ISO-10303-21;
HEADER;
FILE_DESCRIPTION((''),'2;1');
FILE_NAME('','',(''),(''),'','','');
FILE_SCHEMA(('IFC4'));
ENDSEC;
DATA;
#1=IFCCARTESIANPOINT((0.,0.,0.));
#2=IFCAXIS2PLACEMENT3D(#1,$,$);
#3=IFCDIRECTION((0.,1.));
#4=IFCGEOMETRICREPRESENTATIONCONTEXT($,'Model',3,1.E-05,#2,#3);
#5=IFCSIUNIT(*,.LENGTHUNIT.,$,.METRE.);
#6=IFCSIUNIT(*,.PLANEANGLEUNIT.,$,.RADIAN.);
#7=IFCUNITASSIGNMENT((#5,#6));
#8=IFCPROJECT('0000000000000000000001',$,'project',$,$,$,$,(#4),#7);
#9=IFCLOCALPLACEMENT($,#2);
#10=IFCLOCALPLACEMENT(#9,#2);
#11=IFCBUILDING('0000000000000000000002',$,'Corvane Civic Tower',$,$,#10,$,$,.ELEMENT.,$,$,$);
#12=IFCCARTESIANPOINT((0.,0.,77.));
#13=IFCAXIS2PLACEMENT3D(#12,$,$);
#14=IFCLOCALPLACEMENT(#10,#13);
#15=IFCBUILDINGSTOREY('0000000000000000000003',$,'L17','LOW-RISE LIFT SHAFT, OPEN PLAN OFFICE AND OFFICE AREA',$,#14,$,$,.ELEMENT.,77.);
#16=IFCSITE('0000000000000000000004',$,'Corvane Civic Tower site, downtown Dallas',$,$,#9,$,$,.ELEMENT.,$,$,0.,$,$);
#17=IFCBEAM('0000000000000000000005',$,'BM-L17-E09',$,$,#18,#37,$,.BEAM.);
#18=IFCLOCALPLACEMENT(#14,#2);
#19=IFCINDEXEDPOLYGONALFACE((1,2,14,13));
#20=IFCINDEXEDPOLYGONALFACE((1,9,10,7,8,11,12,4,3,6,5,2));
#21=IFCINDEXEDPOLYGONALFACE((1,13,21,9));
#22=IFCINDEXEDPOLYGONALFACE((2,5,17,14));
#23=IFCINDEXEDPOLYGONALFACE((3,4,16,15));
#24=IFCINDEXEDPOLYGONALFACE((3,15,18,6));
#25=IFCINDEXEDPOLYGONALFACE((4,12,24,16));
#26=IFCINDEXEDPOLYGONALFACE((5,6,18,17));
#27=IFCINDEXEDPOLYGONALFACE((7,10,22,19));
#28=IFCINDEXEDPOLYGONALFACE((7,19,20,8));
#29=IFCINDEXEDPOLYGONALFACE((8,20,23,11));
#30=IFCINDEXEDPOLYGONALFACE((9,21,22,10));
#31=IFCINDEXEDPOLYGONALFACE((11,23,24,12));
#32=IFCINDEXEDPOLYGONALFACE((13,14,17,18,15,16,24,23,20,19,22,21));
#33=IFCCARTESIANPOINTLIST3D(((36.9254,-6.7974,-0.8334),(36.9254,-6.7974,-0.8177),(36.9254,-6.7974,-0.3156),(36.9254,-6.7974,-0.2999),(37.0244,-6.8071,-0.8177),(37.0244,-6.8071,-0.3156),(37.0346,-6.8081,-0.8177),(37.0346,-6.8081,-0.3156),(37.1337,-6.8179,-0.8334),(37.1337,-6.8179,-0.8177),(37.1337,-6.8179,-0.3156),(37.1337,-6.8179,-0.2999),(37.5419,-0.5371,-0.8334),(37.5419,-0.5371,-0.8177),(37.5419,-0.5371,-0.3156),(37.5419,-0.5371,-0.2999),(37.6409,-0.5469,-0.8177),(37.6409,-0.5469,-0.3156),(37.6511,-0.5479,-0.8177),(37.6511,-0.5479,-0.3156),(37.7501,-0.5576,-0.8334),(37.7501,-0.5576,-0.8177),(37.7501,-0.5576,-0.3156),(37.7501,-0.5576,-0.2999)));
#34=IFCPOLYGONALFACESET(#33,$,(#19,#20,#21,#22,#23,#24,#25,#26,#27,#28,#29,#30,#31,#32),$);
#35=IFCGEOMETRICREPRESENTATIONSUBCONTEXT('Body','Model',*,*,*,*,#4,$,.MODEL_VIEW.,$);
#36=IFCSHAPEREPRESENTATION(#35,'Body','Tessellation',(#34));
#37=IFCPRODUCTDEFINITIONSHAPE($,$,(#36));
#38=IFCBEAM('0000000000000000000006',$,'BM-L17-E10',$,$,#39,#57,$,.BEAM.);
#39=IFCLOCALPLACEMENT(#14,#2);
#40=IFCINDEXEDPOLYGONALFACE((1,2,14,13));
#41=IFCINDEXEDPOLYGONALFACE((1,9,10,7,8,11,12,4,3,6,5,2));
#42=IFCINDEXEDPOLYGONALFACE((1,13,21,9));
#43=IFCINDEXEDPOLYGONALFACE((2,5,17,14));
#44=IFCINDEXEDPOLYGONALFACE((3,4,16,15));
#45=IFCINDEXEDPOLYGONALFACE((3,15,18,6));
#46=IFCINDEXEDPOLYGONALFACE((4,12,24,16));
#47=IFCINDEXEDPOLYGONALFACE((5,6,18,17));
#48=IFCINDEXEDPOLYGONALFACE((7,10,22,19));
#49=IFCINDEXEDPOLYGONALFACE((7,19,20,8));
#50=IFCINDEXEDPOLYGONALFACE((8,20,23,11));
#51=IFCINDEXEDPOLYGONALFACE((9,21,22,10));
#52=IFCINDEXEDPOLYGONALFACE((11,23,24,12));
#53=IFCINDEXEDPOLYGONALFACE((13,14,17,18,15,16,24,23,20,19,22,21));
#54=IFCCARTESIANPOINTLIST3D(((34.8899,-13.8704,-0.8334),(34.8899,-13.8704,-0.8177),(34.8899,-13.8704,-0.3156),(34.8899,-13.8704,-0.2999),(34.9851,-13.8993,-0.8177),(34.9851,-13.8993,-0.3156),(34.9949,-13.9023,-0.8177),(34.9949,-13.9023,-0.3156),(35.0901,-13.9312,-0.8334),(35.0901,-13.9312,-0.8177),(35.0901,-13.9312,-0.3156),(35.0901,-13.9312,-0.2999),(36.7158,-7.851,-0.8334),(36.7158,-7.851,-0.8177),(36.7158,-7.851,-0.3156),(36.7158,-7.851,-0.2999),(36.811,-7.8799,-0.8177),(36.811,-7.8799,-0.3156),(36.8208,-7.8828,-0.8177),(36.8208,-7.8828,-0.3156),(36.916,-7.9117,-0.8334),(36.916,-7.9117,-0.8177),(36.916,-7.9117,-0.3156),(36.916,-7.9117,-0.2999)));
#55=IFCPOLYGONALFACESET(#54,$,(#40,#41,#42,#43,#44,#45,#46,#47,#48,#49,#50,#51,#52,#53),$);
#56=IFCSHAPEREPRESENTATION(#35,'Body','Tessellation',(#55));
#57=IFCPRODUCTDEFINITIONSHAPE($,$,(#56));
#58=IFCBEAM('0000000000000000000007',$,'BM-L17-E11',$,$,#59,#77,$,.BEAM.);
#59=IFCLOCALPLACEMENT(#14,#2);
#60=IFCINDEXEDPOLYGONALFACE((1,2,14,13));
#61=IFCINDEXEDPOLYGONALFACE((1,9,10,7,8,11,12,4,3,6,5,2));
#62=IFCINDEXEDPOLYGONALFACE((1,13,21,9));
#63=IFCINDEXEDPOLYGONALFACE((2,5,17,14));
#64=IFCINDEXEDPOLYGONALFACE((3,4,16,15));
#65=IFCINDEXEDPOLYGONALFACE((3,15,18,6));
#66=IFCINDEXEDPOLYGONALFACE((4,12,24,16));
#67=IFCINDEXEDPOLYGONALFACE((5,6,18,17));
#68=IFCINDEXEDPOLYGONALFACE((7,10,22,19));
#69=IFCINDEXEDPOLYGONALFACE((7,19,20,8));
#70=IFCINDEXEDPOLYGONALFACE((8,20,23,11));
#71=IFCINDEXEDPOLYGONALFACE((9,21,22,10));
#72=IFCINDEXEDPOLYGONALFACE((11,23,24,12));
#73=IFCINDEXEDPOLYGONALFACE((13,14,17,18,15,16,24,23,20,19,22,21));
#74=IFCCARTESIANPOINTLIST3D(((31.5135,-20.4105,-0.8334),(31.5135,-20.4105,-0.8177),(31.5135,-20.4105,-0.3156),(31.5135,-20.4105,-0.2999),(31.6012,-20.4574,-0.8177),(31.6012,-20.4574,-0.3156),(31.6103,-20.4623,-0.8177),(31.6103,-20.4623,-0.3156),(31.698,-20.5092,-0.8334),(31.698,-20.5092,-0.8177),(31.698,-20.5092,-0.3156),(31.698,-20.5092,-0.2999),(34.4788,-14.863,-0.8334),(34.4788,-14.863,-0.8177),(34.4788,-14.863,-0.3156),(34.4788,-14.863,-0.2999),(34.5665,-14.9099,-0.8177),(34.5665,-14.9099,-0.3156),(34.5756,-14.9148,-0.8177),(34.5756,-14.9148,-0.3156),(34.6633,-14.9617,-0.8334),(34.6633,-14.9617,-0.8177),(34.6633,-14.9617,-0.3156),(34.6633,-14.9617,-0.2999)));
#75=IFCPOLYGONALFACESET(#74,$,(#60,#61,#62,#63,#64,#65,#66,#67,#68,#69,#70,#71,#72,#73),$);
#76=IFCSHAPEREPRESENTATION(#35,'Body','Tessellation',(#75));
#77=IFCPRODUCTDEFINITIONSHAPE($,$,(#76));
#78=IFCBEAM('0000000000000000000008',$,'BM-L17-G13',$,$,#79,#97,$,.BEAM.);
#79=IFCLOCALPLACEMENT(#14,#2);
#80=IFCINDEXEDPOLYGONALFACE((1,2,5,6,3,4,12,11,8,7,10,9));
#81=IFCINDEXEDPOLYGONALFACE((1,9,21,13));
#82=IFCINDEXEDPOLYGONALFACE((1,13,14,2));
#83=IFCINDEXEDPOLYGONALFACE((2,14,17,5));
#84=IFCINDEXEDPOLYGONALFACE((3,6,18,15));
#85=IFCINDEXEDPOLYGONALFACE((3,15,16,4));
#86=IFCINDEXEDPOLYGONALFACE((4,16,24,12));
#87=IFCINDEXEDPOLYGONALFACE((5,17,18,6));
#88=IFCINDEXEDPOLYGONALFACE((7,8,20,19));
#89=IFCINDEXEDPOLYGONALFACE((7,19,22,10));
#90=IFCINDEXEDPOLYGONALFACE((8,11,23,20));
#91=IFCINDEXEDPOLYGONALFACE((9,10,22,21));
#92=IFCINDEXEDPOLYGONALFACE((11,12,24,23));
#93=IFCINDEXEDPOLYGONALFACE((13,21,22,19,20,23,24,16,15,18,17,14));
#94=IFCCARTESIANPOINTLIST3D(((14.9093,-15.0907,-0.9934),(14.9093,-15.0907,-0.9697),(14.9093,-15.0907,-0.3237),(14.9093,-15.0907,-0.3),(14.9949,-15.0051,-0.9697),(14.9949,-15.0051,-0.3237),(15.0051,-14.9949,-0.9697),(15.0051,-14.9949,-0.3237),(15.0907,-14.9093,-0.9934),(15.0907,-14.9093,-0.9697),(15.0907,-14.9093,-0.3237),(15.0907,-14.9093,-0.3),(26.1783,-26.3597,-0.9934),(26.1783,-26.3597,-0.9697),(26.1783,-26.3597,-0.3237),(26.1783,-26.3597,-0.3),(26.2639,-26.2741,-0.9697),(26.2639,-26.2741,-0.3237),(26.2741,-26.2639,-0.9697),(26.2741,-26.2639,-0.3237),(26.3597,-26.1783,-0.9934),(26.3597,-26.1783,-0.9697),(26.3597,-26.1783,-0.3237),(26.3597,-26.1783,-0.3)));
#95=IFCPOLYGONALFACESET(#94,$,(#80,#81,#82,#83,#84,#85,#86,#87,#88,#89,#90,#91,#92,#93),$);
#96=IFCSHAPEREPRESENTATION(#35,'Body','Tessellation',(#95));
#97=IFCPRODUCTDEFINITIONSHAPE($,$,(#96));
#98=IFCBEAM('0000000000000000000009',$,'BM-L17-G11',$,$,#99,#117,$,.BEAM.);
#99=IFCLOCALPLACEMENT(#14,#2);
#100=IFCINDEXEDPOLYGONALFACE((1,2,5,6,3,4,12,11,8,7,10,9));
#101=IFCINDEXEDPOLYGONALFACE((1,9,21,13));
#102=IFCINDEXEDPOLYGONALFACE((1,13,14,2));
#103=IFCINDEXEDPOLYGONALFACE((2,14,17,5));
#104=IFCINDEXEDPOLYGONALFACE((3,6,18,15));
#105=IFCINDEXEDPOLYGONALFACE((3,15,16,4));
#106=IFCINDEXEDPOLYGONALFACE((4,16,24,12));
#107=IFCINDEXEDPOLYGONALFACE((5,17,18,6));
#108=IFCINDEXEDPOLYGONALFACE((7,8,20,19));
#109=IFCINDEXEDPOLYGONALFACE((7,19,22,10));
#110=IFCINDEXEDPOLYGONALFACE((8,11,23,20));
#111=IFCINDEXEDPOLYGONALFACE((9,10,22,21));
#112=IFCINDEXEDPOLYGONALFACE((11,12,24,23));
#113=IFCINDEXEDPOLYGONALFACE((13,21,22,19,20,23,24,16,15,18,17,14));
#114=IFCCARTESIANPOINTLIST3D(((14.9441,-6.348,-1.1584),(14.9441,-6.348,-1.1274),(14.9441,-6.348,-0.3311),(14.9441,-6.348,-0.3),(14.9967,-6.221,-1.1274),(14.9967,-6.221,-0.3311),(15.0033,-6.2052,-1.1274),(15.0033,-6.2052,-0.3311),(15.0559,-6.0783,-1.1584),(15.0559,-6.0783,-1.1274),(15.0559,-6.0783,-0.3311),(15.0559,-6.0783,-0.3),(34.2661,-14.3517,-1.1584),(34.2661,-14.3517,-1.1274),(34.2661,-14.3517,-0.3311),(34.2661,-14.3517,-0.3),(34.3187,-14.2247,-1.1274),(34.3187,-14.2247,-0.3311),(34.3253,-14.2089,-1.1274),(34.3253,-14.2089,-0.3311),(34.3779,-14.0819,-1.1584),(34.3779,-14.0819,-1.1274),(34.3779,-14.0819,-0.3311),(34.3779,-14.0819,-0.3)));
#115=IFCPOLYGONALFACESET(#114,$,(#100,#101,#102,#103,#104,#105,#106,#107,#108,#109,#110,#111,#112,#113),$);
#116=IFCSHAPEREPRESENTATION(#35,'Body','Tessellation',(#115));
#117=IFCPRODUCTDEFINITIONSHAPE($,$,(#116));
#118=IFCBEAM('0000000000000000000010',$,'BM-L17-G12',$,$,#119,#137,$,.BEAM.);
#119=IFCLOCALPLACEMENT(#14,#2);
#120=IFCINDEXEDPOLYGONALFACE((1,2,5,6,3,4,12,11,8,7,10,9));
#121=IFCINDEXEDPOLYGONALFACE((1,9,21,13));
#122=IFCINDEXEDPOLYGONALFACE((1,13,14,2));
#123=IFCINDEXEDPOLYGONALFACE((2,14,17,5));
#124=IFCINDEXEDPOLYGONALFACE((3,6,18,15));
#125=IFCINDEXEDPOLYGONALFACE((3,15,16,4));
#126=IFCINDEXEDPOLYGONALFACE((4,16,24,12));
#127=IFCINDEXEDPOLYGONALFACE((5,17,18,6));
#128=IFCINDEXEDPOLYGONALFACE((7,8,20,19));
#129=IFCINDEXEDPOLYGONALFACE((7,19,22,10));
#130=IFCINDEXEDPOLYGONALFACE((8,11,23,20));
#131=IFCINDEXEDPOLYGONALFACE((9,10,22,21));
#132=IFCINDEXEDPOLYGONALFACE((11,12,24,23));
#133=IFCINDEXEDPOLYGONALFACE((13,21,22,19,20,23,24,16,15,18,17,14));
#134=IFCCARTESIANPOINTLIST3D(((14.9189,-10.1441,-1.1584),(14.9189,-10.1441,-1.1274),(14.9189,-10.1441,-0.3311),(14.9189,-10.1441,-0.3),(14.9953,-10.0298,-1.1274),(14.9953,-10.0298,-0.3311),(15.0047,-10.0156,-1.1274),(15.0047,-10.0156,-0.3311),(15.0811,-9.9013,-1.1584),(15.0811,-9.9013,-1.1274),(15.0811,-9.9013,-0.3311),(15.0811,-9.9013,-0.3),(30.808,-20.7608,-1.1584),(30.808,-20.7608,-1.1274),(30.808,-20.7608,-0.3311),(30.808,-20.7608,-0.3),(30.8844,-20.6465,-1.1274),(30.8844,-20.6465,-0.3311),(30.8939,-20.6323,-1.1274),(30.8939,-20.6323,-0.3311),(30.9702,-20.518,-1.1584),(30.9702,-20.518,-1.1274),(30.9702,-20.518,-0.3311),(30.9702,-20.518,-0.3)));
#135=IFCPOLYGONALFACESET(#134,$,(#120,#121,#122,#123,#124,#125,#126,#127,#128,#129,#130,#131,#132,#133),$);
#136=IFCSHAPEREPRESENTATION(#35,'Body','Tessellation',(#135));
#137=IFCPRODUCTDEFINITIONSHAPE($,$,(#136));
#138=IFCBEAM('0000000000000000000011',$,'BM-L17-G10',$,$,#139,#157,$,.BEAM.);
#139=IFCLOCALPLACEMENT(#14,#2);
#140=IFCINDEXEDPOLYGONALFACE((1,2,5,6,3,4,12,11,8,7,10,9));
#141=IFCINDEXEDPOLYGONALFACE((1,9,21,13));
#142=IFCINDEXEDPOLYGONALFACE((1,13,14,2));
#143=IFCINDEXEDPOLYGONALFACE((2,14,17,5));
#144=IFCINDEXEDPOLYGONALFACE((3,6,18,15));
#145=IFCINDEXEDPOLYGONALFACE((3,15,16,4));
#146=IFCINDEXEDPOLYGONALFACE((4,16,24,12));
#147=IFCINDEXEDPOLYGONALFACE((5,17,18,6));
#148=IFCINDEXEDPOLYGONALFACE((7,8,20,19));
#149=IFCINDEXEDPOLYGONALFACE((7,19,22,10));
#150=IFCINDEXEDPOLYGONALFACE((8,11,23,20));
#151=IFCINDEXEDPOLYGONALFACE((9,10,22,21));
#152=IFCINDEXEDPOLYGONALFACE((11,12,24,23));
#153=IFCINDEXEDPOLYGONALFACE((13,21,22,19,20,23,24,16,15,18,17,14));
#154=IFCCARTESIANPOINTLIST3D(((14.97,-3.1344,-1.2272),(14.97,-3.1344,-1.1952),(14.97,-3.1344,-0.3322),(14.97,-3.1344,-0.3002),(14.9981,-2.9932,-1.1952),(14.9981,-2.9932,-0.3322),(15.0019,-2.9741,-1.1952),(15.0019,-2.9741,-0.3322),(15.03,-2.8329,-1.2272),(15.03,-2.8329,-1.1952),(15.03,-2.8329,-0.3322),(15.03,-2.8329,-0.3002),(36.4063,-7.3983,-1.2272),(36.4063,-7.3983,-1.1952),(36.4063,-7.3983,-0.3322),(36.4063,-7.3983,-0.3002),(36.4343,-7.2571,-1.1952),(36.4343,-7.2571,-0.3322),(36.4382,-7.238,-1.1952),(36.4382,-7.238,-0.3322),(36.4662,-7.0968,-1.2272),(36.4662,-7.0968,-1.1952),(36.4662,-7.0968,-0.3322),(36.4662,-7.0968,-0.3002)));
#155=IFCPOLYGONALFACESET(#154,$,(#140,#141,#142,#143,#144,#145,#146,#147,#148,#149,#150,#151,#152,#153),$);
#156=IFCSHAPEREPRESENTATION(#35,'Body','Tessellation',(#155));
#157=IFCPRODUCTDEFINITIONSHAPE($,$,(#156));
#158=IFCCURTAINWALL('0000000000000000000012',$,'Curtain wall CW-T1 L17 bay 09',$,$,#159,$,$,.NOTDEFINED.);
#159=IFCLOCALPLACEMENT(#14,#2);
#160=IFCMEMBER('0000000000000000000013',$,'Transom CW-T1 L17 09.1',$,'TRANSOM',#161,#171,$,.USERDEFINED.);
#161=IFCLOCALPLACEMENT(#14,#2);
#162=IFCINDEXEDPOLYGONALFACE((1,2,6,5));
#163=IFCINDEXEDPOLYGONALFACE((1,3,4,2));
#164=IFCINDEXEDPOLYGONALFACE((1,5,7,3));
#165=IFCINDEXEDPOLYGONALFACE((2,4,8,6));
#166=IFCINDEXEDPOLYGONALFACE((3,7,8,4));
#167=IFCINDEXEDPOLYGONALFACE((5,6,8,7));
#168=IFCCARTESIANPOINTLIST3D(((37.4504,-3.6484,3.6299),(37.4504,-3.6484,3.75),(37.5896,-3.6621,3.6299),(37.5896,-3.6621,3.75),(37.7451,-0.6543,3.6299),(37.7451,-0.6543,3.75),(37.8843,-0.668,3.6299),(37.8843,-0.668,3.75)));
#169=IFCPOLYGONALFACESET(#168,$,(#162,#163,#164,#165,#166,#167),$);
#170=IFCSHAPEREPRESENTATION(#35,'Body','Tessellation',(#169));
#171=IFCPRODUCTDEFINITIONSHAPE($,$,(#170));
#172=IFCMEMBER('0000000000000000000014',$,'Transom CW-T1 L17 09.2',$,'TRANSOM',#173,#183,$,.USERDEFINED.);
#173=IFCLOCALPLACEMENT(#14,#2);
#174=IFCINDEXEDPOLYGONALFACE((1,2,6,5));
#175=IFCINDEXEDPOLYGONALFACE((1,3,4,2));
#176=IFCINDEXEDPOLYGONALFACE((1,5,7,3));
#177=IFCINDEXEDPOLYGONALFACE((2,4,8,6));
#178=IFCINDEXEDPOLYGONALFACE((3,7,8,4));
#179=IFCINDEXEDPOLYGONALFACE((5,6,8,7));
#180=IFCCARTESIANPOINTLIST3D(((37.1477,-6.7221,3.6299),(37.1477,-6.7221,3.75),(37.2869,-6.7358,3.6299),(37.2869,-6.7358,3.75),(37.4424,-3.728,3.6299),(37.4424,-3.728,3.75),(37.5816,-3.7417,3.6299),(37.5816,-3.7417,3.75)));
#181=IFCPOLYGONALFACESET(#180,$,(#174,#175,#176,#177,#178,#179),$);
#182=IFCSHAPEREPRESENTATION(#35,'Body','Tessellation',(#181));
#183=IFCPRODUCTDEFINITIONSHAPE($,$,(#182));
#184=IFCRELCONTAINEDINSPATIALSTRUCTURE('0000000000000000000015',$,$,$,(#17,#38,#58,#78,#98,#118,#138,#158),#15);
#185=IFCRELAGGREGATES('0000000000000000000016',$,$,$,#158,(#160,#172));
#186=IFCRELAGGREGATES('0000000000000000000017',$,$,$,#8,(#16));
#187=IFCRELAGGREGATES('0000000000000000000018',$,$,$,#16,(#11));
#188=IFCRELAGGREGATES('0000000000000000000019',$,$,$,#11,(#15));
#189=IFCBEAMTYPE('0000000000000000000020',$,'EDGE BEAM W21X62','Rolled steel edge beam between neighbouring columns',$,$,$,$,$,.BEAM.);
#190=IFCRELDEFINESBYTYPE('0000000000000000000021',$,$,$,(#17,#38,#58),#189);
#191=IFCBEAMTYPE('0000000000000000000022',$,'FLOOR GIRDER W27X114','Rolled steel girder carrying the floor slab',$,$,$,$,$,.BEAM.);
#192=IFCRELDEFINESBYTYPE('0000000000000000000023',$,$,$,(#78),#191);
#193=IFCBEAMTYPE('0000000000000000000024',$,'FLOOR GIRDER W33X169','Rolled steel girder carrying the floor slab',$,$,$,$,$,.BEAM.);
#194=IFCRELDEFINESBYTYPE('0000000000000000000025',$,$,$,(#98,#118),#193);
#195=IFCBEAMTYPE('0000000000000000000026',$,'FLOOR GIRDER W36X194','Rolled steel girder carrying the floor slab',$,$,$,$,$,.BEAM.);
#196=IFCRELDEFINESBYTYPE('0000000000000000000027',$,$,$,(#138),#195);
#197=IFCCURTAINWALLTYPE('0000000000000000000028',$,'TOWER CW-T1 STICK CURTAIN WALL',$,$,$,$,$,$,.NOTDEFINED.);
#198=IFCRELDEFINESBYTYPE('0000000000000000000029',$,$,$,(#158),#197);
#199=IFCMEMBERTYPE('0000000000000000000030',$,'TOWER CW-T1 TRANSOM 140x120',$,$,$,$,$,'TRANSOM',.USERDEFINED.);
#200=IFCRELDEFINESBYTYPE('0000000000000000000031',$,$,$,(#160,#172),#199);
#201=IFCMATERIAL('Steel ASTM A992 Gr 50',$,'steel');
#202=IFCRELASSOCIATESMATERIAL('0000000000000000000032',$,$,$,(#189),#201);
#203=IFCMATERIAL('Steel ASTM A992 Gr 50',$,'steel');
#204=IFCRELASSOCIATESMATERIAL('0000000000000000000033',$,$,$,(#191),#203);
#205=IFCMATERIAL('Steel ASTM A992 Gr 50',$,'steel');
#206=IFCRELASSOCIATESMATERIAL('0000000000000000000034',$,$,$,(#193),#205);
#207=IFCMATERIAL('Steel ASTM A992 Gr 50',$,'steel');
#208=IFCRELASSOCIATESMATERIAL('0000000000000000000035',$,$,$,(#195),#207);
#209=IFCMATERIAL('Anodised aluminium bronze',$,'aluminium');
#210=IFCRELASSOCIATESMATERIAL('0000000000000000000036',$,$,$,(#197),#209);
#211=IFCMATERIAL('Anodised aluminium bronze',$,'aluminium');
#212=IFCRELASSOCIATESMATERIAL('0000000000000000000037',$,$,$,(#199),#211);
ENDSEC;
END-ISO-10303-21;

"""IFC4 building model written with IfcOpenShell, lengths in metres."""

from ifc_helpers import new_model, si_unit, direction, frame, origin, origin_2d, place, context, subcontext, project, spatial, rectangle, i_section, extrude, material, material_profile, profile_set, type_object, element, aggregate, save


model = new_model("IFC4")

# Units and contexts
model_context = context("Model", 3, precision=1e-05, world=origin(), true_north=direction((0.0, 1.0)))
body_context = subcontext(model_context, "Body", "Model", "MODEL_VIEW")
ifc_project = project(units=[si_unit("LENGTHUNIT", "METRE"), si_unit("PLANEANGLEUNIT", "RADIAN")], contexts=[model_context])

# Site, building, storey
site_placement = place(None, origin())
site = spatial("IfcSite", under=ifc_project, at=site_placement, Name="Corvane Civic Tower site, downtown Dallas", CompositionType="ELEMENT", RefElevation=0.0)
building_placement = place(site_placement, origin())
building = spatial("IfcBuilding", under=site, at=building_placement, Name="Corvane Civic Tower", CompositionType="ELEMENT")
storey_placement = place(building_placement, frame((0.0, 0.0, 77.0)))
storey = spatial("IfcBuildingStorey", under=building, at=storey_placement, Name="L17", Description="LOW-RISE LIFT SHAFT, OPEN PLAN OFFICE AND OFFICE AREA", CompositionType="ELEMENT", Elevation=77.0)

# Beams
ifc_material_1 = material(Name="Steel ASTM A992 Gr 50", Category="steel")
ifc_material_profile_1 = material_profile(ifc_material_1, i_section(OverallWidth=0.2092, OverallDepth=0.5334, WebThickness=0.0103, FlangeThickness=0.0156, at=origin_2d()), Name="W21X62")
ifc_profile_set_1 = profile_set([ifc_material_profile_1], Name="Steel ASTM A992 Gr 50")
beam_type_1 = type_object("IfcBeamType", Name="EDGE BEAM W21X62", Description="Rolled steel edge beam between neighbouring columns", PredefinedType="BEAM", material=ifc_profile_set_1)
beam_1_placement = place(storey_placement, frame((37.646, -0.5474, -0.5667), z_axis=(-0.097997, -0.995187, 0.0), x_axis=(0.995187, -0.097997, 0.0)))
element("IfcBeam", 1, at=beam_1_placement, inside=storey, type_object=beam_type_1, Name="BM-L17-E09", PredefinedType="BEAM", context=body_context, shape_type="SweptSolid", body=[
    extrude(i_section(OverallWidth=0.2092, OverallDepth=0.5334, WebThickness=0.0103, FlangeThickness=0.0156, at=origin_2d()), origin(), (0.0, 0.0, 1.0), 6.2905),
])
for number, where, z_axis, x_axis, name in (
    (2, (36.8159, -7.8813, -0.5667), (-0.290273, -0.956944, 0.0), (0.956944, -0.290273, 0.0), "BM-L17-E10"),
    (3, (34.571, -14.9124, -0.5667), (-0.471406, -0.881916, 0.0), (0.881916, -0.471406, 0.0), "BM-L17-E11"),
):
    element("IfcBeam", number, at=place(storey_placement, frame(where, z_axis=z_axis, x_axis=x_axis)), inside=storey, type_object=beam_type_1, Name=name, PredefinedType="BEAM", context=body_context, shape_type="SweptSolid", body=[
        extrude(i_section(OverallWidth=0.2092, OverallDepth=0.5334, WebThickness=0.0103, FlangeThickness=0.0156, at=origin_2d()), origin(), (0.0, 0.0, 1.0), 6.2903),
    ])
ifc_material_2 = material(Name="Steel ASTM A992 Gr 50", Category="steel")
ifc_material_profile_2 = material_profile(ifc_material_2, i_section(OverallWidth=0.2566, OverallDepth=0.6934, WebThickness=0.0144, FlangeThickness=0.0237, at=origin_2d()), Name="W27X114")
ifc_profile_set_2 = profile_set([ifc_material_profile_2], Name="Steel ASTM A992 Gr 50")
beam_type_2 = type_object("IfcBeamType", Name="FLOOR GIRDER W27X114", Description="Rolled steel girder carrying the floor slab", PredefinedType="BEAM", material=ifc_profile_set_2)
beam_2_placement = place(storey_placement, frame((15.0, -15.0, -0.6467), z_axis=(0.707107, -0.707107, 0.0), x_axis=(0.707107, 0.707107, 0.0)))
element("IfcBeam", 4, at=beam_2_placement, inside=storey, type_object=beam_type_2, Name="BM-L17-G13", PredefinedType="BEAM", context=body_context, shape_type="SweptSolid", body=[
    extrude(i_section(OverallWidth=0.2566, OverallDepth=0.6934, WebThickness=0.0144, FlangeThickness=0.0237, at=origin_2d()), origin(), (0.0, 0.0, 1.0), 15.9368),
])
ifc_material_3 = material(Name="Steel ASTM A992 Gr 50", Category="steel")
ifc_material_profile_3 = material_profile(ifc_material_3, i_section(OverallWidth=0.292, OverallDepth=0.8584, WebThickness=0.0171, FlangeThickness=0.031, at=origin_2d()), Name="W33X169")
ifc_profile_set_3 = profile_set([ifc_material_profile_3], Name="Steel ASTM A992 Gr 50")
beam_type_3 = type_object("IfcBeamType", Name="FLOOR GIRDER W33X169", Description="Rolled steel girder carrying the floor slab", PredefinedType="BEAM", material=ifc_profile_set_3)
beam_3_placement = place(storey_placement, frame((15.0, -6.2131, -0.7292), z_axis=(0.923876, -0.382692, 0.0), x_axis=(0.382692, 0.923876, 0.0)))
element("IfcBeam", 5, at=beam_3_placement, inside=storey, type_object=beam_type_3, Name="BM-L17-G11", PredefinedType="BEAM", context=body_context, shape_type="SweptSolid", body=[
    extrude(i_section(OverallWidth=0.292, OverallDepth=0.8584, WebThickness=0.0171, FlangeThickness=0.031, at=origin_2d()), origin(), (0.0, 0.0, 1.0), 20.9141),
])
beam_4_placement = place(storey_placement, frame((15.0, -10.0227, -0.7292), z_axis=(0.831472, -0.555567, 0.0), x_axis=(0.555567, 0.831472, 0.0)))
element("IfcBeam", 6, at=beam_4_placement, inside=storey, type_object=beam_type_3, Name="BM-L17-G12", PredefinedType="BEAM", context=body_context, shape_type="SweptSolid", body=[
    extrude(i_section(OverallWidth=0.292, OverallDepth=0.8584, WebThickness=0.0171, FlangeThickness=0.031, at=origin_2d()), origin(), (0.0, 0.0, 1.0), 19.1096),
])
ifc_material_4 = material(Name="Steel ASTM A992 Gr 50", Category="steel")
ifc_material_profile_4 = material_profile(ifc_material_4, i_section(OverallWidth=0.3074, OverallDepth=0.927, WebThickness=0.0195, FlangeThickness=0.032, at=origin_2d()), Name="W36X194")
ifc_profile_set_4 = profile_set([ifc_material_profile_4], Name="Steel ASTM A992 Gr 50")
beam_type_4 = type_object("IfcBeamType", Name="FLOOR GIRDER W36X194", Description="Rolled steel girder carrying the floor slab", PredefinedType="BEAM", material=ifc_profile_set_4)
beam_5_placement = place(storey_placement, frame((15.0, -2.9836, -0.7637), z_axis=(0.980785, -0.195089, 0.0), x_axis=(0.195089, 0.980785, 0.0)))
element("IfcBeam", 7, at=beam_5_placement, inside=storey, type_object=beam_type_4, Name="BM-L17-G10", PredefinedType="BEAM", context=body_context, shape_type="SweptSolid", body=[
    extrude(i_section(OverallWidth=0.3074, OverallDepth=0.927, WebThickness=0.0195, FlangeThickness=0.032, at=origin_2d()), origin(), (0.0, 0.0, 1.0), 21.8562),
])

# Curtain wall, members
ifc_material_5 = material(Name="Anodised aluminium bronze", Category="aluminium")
curtain_wall_type = type_object("IfcCurtainWallType", Name="TOWER CW-T1 STICK CURTAIN WALL", PredefinedType="NOTDEFINED", material=ifc_material_5)
curtain_wall_1_placement = place(storey_placement, origin())
curtain_wall_1 = element("IfcCurtainWall", 8, at=curtain_wall_1_placement, inside=storey, type_object=curtain_wall_type, Name="Curtain wall CW-T1 L17 bay 09", PredefinedType="NOTDEFINED")
ifc_material_6 = material(Name="Anodised aluminium bronze", Category="aluminium")
ifc_material_profile_5 = material_profile(ifc_material_6, rectangle(XDim=0.1399, YDim=0.1201, at=origin_2d()), Name="TOWER CW-T1 TRANSOM 140x120")
ifc_profile_set_5 = profile_set([ifc_material_profile_5], Name="Anodised aluminium bronze")
member_type_1 = type_object("IfcMemberType", Name="TOWER CW-T1 TRANSOM 140x120", ElementType="TRANSOM", PredefinedType="USERDEFINED", material=ifc_profile_set_5)
member_1_placement = place(storey_placement, frame((37.8147, -0.6611, 3.6899), z_axis=(-0.097945, -0.995192, 0.0), x_axis=(0.995192, -0.097945, 0.0)))
member_1 = element("IfcMember", 9, at=member_1_placement, type_object=member_type_1, Name="Transom CW-T1 L17 09.1", ObjectType="TRANSOM", PredefinedType="USERDEFINED", context=body_context, shape_type="SweptSolid", body=[
    extrude(rectangle(XDim=0.1399, YDim=0.1201, at=origin_2d()), origin(), (0.0, 0.0, 1.0), 3.0085),
])
member_2_placement = place(storey_placement, frame((37.512, -3.7349, 3.6899), z_axis=(-0.097945, -0.995192, 0.0), x_axis=(0.995192, -0.097945, 0.0)))
member_2 = element("IfcMember", 10, at=member_2_placement, type_object=member_type_1, Name="Transom CW-T1 L17 09.2", ObjectType="TRANSOM", PredefinedType="USERDEFINED", context=body_context, shape_type="SweptSolid", body=[
    extrude(rectangle(XDim=0.1399, YDim=0.1201, at=origin_2d()), origin(), (0.0, 0.0, 1.0), 3.0085),
])

aggregate(curtain_wall_1, [member_1, member_2])

save(model, "model.ifc")
